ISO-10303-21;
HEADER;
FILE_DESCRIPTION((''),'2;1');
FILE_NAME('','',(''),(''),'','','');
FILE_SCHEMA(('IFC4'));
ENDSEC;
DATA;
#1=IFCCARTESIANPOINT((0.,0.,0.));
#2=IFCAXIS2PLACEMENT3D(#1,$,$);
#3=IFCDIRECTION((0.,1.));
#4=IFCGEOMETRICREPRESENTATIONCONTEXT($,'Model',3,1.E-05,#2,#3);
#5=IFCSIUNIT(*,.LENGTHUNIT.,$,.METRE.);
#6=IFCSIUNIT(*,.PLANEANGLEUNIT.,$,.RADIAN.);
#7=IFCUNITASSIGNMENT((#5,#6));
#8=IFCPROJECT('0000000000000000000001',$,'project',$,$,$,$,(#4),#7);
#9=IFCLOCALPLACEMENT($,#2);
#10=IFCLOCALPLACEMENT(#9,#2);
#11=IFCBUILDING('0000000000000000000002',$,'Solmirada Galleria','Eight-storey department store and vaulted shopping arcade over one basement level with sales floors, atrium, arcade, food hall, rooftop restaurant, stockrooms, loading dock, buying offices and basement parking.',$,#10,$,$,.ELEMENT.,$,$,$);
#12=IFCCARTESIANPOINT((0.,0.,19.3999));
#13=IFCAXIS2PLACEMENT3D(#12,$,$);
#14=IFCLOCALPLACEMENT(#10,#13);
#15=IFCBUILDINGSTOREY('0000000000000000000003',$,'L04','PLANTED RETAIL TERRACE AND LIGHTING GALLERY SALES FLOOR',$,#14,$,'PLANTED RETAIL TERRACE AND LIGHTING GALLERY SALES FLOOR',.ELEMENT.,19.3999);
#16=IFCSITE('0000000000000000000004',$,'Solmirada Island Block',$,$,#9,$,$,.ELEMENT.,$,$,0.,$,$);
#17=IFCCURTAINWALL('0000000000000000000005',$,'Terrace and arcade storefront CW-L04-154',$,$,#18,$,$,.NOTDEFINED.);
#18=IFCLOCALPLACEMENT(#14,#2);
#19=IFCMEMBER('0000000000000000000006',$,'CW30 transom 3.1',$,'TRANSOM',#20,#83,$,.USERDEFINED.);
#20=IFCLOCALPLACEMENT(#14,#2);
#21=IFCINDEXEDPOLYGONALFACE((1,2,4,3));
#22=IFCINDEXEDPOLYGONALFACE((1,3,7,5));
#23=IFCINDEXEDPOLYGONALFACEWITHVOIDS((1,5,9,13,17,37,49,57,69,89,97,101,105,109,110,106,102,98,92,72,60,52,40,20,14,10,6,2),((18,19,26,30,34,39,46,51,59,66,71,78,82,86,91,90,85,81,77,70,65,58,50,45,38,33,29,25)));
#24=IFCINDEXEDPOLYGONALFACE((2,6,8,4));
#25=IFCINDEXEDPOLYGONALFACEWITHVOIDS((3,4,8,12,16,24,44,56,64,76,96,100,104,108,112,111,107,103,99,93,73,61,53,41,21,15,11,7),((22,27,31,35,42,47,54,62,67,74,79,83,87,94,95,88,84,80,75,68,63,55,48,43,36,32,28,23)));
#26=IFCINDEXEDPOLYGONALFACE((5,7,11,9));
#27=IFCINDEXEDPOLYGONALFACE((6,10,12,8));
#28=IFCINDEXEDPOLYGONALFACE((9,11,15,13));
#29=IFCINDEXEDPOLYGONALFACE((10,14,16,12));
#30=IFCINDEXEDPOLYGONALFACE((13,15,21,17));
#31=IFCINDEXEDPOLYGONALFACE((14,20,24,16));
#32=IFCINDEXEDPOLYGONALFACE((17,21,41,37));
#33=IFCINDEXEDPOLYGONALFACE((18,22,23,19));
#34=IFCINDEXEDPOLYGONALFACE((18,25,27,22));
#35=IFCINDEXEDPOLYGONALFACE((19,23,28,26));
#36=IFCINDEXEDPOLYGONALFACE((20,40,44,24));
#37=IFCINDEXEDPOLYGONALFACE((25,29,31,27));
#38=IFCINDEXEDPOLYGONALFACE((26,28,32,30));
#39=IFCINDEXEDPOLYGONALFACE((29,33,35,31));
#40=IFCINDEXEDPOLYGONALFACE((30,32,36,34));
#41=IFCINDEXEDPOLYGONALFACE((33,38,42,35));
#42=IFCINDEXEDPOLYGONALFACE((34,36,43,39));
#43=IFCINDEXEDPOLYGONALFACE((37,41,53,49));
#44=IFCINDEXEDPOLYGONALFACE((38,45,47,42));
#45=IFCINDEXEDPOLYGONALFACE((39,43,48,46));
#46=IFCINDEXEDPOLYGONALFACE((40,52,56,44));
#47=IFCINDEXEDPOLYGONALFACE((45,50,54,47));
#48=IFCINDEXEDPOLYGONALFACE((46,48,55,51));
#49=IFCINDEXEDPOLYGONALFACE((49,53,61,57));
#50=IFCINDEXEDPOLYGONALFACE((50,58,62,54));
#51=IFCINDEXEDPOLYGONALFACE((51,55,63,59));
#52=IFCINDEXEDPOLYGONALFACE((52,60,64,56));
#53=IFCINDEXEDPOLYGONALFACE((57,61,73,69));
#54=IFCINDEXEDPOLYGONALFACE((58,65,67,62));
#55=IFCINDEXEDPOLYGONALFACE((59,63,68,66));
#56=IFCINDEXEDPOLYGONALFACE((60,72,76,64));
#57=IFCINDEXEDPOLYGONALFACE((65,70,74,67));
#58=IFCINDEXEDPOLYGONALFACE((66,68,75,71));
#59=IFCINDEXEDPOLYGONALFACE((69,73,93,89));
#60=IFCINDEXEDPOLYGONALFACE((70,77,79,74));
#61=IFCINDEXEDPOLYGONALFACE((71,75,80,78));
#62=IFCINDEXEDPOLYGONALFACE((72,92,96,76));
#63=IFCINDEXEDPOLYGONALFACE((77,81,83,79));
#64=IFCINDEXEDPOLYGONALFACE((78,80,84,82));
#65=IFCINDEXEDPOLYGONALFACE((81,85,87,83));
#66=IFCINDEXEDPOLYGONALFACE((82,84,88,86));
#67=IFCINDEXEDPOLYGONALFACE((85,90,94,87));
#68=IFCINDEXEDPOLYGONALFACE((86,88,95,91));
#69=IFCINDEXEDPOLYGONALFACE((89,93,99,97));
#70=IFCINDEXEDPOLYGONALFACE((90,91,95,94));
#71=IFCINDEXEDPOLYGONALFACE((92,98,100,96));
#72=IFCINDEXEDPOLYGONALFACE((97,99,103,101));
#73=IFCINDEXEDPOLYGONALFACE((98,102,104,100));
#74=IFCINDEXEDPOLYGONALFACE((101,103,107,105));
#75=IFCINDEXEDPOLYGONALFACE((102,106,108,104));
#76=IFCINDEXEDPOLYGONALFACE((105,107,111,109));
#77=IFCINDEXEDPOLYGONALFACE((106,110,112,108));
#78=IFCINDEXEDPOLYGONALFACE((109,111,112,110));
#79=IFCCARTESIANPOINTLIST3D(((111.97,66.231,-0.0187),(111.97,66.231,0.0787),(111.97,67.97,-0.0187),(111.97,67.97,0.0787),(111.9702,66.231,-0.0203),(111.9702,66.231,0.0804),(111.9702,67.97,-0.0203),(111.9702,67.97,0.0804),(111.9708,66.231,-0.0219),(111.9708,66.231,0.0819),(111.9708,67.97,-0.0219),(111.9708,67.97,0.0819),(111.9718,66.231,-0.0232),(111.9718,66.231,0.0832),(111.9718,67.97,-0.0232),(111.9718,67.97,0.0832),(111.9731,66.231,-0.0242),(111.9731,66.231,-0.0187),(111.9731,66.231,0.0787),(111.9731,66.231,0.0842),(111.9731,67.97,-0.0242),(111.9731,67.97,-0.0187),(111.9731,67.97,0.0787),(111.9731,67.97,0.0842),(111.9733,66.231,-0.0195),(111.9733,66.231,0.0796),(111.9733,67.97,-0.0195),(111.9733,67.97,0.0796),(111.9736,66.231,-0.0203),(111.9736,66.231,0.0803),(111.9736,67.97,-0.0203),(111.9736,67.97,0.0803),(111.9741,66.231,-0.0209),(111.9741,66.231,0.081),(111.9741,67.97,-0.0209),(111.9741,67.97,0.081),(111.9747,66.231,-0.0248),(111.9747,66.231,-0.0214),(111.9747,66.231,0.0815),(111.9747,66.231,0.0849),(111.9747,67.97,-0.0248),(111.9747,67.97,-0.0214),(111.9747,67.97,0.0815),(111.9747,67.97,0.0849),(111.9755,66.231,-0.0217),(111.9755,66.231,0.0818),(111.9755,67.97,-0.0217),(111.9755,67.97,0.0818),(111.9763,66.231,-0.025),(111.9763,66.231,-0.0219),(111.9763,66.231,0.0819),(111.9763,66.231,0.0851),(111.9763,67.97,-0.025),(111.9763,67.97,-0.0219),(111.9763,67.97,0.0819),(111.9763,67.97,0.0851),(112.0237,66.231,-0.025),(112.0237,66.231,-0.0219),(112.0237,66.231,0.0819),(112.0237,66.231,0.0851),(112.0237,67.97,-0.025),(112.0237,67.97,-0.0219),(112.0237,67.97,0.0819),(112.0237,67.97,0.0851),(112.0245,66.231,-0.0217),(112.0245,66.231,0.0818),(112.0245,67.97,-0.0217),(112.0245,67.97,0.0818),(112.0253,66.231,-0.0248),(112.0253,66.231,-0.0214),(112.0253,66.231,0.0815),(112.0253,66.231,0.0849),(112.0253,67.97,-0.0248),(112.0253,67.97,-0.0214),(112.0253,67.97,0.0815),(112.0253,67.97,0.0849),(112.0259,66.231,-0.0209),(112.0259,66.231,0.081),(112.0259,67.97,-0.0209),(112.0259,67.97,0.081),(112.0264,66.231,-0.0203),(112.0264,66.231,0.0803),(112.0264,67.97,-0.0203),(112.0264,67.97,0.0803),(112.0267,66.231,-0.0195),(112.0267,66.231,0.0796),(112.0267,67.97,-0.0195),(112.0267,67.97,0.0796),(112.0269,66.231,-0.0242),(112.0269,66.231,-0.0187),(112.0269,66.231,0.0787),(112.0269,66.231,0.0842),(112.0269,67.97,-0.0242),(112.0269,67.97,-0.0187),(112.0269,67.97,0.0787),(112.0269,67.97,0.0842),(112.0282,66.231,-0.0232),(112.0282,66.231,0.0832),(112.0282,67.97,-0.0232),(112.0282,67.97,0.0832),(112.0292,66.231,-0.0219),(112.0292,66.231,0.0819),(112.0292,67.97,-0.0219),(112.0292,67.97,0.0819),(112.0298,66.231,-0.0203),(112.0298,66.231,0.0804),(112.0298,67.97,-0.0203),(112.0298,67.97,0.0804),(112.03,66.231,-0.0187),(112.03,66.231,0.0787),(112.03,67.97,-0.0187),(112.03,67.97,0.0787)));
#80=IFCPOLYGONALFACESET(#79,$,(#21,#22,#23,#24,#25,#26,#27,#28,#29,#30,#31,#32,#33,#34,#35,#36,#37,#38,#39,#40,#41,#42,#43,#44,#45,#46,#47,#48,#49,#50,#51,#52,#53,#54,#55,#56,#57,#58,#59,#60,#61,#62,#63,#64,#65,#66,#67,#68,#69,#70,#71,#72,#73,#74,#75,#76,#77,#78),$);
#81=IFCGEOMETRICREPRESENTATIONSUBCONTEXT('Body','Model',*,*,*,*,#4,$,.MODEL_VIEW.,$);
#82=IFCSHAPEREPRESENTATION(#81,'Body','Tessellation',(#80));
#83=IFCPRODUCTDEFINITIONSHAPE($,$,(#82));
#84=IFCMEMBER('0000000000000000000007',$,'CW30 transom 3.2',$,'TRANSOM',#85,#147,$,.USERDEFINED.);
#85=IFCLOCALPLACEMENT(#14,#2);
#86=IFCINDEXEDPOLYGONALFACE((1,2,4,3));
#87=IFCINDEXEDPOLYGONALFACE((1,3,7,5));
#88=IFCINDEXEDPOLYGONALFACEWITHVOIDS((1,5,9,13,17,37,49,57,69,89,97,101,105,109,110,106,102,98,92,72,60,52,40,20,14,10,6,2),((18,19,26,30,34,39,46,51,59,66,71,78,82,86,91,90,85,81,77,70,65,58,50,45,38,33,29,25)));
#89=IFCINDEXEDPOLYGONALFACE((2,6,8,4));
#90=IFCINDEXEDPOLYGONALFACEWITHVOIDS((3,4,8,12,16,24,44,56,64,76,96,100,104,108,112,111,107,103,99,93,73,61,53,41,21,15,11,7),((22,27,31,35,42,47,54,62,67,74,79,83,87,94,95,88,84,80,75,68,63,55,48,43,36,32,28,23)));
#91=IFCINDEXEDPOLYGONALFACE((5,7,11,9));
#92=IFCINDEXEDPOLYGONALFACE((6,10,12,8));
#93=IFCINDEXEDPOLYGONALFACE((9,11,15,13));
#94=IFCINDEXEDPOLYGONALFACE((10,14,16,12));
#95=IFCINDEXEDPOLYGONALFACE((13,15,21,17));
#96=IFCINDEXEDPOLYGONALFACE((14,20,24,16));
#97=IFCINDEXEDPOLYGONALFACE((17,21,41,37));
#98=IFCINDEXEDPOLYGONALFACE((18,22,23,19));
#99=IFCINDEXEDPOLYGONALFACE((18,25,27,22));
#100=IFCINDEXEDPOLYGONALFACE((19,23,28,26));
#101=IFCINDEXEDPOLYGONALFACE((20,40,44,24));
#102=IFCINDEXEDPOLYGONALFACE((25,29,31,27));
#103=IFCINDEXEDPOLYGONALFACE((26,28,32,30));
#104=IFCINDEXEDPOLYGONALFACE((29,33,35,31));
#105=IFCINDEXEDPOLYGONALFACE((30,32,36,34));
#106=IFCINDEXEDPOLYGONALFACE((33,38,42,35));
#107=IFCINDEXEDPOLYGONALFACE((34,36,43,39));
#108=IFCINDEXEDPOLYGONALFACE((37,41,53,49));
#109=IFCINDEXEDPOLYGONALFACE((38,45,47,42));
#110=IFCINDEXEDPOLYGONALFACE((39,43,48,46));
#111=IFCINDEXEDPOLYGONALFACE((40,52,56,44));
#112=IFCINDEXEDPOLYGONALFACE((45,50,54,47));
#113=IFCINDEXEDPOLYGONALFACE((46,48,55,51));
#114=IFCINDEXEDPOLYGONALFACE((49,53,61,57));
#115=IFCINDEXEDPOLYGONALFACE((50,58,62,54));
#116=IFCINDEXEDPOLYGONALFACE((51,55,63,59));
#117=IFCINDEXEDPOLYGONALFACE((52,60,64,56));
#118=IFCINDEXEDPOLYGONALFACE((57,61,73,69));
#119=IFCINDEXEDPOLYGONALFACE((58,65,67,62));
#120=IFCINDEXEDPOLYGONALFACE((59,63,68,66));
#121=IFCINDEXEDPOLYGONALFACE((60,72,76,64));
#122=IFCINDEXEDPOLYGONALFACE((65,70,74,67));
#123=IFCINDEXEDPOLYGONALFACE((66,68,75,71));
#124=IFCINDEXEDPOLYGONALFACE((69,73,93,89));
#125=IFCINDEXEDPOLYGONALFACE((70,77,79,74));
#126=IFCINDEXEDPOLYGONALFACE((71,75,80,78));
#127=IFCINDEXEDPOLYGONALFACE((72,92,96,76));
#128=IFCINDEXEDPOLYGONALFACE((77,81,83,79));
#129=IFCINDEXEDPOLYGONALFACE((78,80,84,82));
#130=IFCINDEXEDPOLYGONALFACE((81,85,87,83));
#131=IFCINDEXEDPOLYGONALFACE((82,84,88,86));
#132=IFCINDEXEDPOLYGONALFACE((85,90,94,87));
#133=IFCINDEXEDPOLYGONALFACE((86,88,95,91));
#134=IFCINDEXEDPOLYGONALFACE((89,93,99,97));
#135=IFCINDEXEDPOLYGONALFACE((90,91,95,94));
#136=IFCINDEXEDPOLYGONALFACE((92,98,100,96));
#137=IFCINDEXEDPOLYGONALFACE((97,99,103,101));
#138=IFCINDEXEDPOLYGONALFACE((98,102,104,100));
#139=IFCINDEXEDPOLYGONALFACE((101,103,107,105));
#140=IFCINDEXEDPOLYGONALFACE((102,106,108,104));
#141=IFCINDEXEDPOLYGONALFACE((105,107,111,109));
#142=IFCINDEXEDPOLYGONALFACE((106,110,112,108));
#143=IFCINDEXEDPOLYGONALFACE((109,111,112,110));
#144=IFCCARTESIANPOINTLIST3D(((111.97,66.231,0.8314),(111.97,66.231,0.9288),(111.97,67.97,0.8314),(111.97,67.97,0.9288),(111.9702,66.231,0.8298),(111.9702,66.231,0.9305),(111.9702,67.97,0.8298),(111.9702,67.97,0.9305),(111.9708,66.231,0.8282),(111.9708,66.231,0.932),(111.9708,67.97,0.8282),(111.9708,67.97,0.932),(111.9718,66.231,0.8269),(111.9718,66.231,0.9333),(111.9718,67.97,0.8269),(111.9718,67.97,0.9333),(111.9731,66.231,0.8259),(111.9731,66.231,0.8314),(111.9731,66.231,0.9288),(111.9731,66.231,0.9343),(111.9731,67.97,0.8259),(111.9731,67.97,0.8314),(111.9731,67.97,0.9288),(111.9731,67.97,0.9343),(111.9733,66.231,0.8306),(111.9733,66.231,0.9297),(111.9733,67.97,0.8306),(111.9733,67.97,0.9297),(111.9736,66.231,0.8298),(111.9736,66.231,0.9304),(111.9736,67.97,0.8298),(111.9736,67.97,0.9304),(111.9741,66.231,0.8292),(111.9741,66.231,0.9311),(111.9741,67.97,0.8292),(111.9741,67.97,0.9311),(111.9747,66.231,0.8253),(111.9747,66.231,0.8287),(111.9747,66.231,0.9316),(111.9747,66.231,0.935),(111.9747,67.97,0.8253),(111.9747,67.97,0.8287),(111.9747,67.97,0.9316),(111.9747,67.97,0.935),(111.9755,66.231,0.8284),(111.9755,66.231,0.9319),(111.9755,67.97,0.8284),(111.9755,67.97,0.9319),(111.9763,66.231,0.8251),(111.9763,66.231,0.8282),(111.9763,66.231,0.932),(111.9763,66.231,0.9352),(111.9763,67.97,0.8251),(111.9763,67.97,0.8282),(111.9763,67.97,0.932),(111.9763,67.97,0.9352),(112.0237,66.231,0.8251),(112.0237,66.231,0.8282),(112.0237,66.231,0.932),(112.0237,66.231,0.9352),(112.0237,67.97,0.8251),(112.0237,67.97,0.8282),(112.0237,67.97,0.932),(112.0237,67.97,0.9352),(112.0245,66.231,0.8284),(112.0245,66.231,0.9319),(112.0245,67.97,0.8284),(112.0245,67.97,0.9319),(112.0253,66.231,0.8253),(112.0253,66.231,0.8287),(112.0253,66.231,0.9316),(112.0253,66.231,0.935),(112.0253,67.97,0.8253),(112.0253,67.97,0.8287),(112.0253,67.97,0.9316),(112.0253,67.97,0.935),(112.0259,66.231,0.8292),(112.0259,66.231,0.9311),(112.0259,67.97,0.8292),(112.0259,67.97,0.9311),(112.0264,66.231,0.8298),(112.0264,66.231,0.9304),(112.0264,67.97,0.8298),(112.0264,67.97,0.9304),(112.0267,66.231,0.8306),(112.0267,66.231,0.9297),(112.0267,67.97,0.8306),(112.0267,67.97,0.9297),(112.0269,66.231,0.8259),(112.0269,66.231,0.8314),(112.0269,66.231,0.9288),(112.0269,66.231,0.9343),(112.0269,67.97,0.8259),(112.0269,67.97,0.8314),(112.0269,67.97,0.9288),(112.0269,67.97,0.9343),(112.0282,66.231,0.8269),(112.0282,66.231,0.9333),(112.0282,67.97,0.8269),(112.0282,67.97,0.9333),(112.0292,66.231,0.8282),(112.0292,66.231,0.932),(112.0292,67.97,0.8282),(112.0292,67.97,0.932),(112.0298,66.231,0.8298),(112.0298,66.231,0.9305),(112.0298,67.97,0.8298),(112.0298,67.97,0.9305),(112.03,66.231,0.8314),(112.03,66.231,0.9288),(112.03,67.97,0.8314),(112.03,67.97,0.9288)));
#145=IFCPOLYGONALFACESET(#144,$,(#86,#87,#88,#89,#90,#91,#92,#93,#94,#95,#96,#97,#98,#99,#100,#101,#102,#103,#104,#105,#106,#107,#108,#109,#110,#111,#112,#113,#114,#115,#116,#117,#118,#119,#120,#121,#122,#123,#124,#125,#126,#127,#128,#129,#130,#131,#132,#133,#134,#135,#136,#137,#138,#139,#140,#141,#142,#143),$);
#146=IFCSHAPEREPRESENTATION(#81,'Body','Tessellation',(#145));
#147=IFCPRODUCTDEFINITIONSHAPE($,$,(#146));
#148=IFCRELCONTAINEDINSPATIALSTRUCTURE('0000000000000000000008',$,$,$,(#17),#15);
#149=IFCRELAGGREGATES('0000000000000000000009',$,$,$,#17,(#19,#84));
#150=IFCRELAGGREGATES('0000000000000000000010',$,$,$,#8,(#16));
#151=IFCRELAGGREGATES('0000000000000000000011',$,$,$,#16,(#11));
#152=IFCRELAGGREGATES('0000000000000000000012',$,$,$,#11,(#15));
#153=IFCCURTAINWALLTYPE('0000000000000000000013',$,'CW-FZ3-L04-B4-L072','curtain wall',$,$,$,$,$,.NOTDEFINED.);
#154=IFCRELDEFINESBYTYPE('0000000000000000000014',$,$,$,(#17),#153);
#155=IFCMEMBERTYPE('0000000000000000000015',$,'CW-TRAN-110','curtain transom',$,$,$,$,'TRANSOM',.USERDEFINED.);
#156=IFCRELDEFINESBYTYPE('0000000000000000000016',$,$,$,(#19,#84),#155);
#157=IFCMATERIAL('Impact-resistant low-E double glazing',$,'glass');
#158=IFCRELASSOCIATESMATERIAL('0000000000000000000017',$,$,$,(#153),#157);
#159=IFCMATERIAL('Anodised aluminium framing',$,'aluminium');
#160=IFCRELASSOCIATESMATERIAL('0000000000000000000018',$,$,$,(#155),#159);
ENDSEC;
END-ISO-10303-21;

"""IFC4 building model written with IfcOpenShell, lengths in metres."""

from ifc_helpers import new_model, si_unit, direction, frame, origin, origin_2d, place, context, subcontext, project, spatial, hollow_rectangle, extrude, material, material_profile, profile_set, type_object, element, aggregate, save


model = new_model("IFC4")

# Units and contexts
model_context = context("Model", 3, precision=1e-05, world=origin(), true_north=direction((0.0, 1.0)))
body_context = subcontext(model_context, "Body", "Model", "MODEL_VIEW")
ifc_project = project(units=[si_unit("LENGTHUNIT", "METRE"), si_unit("PLANEANGLEUNIT", "RADIAN")], contexts=[model_context])

# Site, building, storey
site_placement = place(None, origin())
site = spatial("IfcSite", under=ifc_project, at=site_placement, Name="Solmirada Island Block", CompositionType="ELEMENT", RefElevation=0.0)
building_placement = place(site_placement, origin())
building = spatial("IfcBuilding", under=site, at=building_placement, Name="Solmirada Galleria", Description="Eight-storey department store and vaulted shopping arcade over one basement level with sales floors, atrium, arcade, food hall, rooftop restaurant, stockrooms, loading dock, buying offices and basement parking.", CompositionType="ELEMENT")
storey_placement = place(building_placement, frame((0.0, 0.0, 19.3999)))
storey = spatial("IfcBuildingStorey", under=building, at=storey_placement, Name="L04", Description="PLANTED RETAIL TERRACE AND LIGHTING GALLERY SALES FLOOR", LongName="PLANTED RETAIL TERRACE AND LIGHTING GALLERY SALES FLOOR", CompositionType="ELEMENT", Elevation=19.3999)

# Curtain wall, members
ifc_material_1 = material(Name="Impact-resistant low-E double glazing", Category="glass")
curtain_wall_type = type_object("IfcCurtainWallType", Name="CW-FZ3-L04-B4-L072", Description="curtain wall", PredefinedType="NOTDEFINED", material=ifc_material_1)
curtain_wall_placement = place(storey_placement, origin())
curtain_wall = element("IfcCurtainWall", 1, at=curtain_wall_placement, inside=storey, type_object=curtain_wall_type, Name="Terrace and arcade storefront CW-L04-154", PredefinedType="NOTDEFINED")
ifc_material_2 = material(Name="Anodised aluminium framing", Category="aluminium")
ifc_material_profile_1 = material_profile(ifc_material_2, hollow_rectangle(XDim=0.0601, YDim=0.1101, WallThickness=0.0032, InnerFilletRadius=0.0032, OuterFilletRadius=0.0063, at=origin_2d()), Name="ALU-TRAN-110X60")
ifc_profile_set_1 = profile_set([ifc_material_profile_1], Name="Anodised aluminium framing")
member_type_1 = type_object("IfcMemberType", Name="CW-TRAN-110", Description="curtain transom", ElementType="TRANSOM", PredefinedType="USERDEFINED", material=ifc_profile_set_1)
member_1_placement = place(storey_placement, frame((112.0, 67.97, 0.03), z_axis=(0.0, -1.0, 0.0), x_axis=(1.0, 0.0, 0.0)))
member_1 = element("IfcMember", 2, at=member_1_placement, type_object=member_type_1, Name="CW30 transom 3.1", ObjectType="TRANSOM", PredefinedType="USERDEFINED", context=body_context, shape_type="SweptSolid", body=[
    extrude(hollow_rectangle(XDim=0.0601, YDim=0.1101, WallThickness=0.0032, InnerFilletRadius=0.0032, OuterFilletRadius=0.0063, at=origin_2d()), origin(), (0.0, 0.0, 1.0), 1.739),
])
member_2_placement = place(storey_placement, frame((112.0, 67.97, 0.8801), z_axis=(0.0, -1.0, 0.0), x_axis=(1.0, 0.0, 0.0)))
member_2 = element("IfcMember", 3, at=member_2_placement, type_object=member_type_1, Name="CW30 transom 3.2", ObjectType="TRANSOM", PredefinedType="USERDEFINED", context=body_context, shape_type="SweptSolid", body=[
    extrude(hollow_rectangle(XDim=0.0601, YDim=0.1101, WallThickness=0.0032, InnerFilletRadius=0.0032, OuterFilletRadius=0.0063, at=origin_2d()), origin(), (0.0, 0.0, 1.0), 1.739),
])
aggregate(curtain_wall, [member_1, member_2])

save(model, "model.ifc")
